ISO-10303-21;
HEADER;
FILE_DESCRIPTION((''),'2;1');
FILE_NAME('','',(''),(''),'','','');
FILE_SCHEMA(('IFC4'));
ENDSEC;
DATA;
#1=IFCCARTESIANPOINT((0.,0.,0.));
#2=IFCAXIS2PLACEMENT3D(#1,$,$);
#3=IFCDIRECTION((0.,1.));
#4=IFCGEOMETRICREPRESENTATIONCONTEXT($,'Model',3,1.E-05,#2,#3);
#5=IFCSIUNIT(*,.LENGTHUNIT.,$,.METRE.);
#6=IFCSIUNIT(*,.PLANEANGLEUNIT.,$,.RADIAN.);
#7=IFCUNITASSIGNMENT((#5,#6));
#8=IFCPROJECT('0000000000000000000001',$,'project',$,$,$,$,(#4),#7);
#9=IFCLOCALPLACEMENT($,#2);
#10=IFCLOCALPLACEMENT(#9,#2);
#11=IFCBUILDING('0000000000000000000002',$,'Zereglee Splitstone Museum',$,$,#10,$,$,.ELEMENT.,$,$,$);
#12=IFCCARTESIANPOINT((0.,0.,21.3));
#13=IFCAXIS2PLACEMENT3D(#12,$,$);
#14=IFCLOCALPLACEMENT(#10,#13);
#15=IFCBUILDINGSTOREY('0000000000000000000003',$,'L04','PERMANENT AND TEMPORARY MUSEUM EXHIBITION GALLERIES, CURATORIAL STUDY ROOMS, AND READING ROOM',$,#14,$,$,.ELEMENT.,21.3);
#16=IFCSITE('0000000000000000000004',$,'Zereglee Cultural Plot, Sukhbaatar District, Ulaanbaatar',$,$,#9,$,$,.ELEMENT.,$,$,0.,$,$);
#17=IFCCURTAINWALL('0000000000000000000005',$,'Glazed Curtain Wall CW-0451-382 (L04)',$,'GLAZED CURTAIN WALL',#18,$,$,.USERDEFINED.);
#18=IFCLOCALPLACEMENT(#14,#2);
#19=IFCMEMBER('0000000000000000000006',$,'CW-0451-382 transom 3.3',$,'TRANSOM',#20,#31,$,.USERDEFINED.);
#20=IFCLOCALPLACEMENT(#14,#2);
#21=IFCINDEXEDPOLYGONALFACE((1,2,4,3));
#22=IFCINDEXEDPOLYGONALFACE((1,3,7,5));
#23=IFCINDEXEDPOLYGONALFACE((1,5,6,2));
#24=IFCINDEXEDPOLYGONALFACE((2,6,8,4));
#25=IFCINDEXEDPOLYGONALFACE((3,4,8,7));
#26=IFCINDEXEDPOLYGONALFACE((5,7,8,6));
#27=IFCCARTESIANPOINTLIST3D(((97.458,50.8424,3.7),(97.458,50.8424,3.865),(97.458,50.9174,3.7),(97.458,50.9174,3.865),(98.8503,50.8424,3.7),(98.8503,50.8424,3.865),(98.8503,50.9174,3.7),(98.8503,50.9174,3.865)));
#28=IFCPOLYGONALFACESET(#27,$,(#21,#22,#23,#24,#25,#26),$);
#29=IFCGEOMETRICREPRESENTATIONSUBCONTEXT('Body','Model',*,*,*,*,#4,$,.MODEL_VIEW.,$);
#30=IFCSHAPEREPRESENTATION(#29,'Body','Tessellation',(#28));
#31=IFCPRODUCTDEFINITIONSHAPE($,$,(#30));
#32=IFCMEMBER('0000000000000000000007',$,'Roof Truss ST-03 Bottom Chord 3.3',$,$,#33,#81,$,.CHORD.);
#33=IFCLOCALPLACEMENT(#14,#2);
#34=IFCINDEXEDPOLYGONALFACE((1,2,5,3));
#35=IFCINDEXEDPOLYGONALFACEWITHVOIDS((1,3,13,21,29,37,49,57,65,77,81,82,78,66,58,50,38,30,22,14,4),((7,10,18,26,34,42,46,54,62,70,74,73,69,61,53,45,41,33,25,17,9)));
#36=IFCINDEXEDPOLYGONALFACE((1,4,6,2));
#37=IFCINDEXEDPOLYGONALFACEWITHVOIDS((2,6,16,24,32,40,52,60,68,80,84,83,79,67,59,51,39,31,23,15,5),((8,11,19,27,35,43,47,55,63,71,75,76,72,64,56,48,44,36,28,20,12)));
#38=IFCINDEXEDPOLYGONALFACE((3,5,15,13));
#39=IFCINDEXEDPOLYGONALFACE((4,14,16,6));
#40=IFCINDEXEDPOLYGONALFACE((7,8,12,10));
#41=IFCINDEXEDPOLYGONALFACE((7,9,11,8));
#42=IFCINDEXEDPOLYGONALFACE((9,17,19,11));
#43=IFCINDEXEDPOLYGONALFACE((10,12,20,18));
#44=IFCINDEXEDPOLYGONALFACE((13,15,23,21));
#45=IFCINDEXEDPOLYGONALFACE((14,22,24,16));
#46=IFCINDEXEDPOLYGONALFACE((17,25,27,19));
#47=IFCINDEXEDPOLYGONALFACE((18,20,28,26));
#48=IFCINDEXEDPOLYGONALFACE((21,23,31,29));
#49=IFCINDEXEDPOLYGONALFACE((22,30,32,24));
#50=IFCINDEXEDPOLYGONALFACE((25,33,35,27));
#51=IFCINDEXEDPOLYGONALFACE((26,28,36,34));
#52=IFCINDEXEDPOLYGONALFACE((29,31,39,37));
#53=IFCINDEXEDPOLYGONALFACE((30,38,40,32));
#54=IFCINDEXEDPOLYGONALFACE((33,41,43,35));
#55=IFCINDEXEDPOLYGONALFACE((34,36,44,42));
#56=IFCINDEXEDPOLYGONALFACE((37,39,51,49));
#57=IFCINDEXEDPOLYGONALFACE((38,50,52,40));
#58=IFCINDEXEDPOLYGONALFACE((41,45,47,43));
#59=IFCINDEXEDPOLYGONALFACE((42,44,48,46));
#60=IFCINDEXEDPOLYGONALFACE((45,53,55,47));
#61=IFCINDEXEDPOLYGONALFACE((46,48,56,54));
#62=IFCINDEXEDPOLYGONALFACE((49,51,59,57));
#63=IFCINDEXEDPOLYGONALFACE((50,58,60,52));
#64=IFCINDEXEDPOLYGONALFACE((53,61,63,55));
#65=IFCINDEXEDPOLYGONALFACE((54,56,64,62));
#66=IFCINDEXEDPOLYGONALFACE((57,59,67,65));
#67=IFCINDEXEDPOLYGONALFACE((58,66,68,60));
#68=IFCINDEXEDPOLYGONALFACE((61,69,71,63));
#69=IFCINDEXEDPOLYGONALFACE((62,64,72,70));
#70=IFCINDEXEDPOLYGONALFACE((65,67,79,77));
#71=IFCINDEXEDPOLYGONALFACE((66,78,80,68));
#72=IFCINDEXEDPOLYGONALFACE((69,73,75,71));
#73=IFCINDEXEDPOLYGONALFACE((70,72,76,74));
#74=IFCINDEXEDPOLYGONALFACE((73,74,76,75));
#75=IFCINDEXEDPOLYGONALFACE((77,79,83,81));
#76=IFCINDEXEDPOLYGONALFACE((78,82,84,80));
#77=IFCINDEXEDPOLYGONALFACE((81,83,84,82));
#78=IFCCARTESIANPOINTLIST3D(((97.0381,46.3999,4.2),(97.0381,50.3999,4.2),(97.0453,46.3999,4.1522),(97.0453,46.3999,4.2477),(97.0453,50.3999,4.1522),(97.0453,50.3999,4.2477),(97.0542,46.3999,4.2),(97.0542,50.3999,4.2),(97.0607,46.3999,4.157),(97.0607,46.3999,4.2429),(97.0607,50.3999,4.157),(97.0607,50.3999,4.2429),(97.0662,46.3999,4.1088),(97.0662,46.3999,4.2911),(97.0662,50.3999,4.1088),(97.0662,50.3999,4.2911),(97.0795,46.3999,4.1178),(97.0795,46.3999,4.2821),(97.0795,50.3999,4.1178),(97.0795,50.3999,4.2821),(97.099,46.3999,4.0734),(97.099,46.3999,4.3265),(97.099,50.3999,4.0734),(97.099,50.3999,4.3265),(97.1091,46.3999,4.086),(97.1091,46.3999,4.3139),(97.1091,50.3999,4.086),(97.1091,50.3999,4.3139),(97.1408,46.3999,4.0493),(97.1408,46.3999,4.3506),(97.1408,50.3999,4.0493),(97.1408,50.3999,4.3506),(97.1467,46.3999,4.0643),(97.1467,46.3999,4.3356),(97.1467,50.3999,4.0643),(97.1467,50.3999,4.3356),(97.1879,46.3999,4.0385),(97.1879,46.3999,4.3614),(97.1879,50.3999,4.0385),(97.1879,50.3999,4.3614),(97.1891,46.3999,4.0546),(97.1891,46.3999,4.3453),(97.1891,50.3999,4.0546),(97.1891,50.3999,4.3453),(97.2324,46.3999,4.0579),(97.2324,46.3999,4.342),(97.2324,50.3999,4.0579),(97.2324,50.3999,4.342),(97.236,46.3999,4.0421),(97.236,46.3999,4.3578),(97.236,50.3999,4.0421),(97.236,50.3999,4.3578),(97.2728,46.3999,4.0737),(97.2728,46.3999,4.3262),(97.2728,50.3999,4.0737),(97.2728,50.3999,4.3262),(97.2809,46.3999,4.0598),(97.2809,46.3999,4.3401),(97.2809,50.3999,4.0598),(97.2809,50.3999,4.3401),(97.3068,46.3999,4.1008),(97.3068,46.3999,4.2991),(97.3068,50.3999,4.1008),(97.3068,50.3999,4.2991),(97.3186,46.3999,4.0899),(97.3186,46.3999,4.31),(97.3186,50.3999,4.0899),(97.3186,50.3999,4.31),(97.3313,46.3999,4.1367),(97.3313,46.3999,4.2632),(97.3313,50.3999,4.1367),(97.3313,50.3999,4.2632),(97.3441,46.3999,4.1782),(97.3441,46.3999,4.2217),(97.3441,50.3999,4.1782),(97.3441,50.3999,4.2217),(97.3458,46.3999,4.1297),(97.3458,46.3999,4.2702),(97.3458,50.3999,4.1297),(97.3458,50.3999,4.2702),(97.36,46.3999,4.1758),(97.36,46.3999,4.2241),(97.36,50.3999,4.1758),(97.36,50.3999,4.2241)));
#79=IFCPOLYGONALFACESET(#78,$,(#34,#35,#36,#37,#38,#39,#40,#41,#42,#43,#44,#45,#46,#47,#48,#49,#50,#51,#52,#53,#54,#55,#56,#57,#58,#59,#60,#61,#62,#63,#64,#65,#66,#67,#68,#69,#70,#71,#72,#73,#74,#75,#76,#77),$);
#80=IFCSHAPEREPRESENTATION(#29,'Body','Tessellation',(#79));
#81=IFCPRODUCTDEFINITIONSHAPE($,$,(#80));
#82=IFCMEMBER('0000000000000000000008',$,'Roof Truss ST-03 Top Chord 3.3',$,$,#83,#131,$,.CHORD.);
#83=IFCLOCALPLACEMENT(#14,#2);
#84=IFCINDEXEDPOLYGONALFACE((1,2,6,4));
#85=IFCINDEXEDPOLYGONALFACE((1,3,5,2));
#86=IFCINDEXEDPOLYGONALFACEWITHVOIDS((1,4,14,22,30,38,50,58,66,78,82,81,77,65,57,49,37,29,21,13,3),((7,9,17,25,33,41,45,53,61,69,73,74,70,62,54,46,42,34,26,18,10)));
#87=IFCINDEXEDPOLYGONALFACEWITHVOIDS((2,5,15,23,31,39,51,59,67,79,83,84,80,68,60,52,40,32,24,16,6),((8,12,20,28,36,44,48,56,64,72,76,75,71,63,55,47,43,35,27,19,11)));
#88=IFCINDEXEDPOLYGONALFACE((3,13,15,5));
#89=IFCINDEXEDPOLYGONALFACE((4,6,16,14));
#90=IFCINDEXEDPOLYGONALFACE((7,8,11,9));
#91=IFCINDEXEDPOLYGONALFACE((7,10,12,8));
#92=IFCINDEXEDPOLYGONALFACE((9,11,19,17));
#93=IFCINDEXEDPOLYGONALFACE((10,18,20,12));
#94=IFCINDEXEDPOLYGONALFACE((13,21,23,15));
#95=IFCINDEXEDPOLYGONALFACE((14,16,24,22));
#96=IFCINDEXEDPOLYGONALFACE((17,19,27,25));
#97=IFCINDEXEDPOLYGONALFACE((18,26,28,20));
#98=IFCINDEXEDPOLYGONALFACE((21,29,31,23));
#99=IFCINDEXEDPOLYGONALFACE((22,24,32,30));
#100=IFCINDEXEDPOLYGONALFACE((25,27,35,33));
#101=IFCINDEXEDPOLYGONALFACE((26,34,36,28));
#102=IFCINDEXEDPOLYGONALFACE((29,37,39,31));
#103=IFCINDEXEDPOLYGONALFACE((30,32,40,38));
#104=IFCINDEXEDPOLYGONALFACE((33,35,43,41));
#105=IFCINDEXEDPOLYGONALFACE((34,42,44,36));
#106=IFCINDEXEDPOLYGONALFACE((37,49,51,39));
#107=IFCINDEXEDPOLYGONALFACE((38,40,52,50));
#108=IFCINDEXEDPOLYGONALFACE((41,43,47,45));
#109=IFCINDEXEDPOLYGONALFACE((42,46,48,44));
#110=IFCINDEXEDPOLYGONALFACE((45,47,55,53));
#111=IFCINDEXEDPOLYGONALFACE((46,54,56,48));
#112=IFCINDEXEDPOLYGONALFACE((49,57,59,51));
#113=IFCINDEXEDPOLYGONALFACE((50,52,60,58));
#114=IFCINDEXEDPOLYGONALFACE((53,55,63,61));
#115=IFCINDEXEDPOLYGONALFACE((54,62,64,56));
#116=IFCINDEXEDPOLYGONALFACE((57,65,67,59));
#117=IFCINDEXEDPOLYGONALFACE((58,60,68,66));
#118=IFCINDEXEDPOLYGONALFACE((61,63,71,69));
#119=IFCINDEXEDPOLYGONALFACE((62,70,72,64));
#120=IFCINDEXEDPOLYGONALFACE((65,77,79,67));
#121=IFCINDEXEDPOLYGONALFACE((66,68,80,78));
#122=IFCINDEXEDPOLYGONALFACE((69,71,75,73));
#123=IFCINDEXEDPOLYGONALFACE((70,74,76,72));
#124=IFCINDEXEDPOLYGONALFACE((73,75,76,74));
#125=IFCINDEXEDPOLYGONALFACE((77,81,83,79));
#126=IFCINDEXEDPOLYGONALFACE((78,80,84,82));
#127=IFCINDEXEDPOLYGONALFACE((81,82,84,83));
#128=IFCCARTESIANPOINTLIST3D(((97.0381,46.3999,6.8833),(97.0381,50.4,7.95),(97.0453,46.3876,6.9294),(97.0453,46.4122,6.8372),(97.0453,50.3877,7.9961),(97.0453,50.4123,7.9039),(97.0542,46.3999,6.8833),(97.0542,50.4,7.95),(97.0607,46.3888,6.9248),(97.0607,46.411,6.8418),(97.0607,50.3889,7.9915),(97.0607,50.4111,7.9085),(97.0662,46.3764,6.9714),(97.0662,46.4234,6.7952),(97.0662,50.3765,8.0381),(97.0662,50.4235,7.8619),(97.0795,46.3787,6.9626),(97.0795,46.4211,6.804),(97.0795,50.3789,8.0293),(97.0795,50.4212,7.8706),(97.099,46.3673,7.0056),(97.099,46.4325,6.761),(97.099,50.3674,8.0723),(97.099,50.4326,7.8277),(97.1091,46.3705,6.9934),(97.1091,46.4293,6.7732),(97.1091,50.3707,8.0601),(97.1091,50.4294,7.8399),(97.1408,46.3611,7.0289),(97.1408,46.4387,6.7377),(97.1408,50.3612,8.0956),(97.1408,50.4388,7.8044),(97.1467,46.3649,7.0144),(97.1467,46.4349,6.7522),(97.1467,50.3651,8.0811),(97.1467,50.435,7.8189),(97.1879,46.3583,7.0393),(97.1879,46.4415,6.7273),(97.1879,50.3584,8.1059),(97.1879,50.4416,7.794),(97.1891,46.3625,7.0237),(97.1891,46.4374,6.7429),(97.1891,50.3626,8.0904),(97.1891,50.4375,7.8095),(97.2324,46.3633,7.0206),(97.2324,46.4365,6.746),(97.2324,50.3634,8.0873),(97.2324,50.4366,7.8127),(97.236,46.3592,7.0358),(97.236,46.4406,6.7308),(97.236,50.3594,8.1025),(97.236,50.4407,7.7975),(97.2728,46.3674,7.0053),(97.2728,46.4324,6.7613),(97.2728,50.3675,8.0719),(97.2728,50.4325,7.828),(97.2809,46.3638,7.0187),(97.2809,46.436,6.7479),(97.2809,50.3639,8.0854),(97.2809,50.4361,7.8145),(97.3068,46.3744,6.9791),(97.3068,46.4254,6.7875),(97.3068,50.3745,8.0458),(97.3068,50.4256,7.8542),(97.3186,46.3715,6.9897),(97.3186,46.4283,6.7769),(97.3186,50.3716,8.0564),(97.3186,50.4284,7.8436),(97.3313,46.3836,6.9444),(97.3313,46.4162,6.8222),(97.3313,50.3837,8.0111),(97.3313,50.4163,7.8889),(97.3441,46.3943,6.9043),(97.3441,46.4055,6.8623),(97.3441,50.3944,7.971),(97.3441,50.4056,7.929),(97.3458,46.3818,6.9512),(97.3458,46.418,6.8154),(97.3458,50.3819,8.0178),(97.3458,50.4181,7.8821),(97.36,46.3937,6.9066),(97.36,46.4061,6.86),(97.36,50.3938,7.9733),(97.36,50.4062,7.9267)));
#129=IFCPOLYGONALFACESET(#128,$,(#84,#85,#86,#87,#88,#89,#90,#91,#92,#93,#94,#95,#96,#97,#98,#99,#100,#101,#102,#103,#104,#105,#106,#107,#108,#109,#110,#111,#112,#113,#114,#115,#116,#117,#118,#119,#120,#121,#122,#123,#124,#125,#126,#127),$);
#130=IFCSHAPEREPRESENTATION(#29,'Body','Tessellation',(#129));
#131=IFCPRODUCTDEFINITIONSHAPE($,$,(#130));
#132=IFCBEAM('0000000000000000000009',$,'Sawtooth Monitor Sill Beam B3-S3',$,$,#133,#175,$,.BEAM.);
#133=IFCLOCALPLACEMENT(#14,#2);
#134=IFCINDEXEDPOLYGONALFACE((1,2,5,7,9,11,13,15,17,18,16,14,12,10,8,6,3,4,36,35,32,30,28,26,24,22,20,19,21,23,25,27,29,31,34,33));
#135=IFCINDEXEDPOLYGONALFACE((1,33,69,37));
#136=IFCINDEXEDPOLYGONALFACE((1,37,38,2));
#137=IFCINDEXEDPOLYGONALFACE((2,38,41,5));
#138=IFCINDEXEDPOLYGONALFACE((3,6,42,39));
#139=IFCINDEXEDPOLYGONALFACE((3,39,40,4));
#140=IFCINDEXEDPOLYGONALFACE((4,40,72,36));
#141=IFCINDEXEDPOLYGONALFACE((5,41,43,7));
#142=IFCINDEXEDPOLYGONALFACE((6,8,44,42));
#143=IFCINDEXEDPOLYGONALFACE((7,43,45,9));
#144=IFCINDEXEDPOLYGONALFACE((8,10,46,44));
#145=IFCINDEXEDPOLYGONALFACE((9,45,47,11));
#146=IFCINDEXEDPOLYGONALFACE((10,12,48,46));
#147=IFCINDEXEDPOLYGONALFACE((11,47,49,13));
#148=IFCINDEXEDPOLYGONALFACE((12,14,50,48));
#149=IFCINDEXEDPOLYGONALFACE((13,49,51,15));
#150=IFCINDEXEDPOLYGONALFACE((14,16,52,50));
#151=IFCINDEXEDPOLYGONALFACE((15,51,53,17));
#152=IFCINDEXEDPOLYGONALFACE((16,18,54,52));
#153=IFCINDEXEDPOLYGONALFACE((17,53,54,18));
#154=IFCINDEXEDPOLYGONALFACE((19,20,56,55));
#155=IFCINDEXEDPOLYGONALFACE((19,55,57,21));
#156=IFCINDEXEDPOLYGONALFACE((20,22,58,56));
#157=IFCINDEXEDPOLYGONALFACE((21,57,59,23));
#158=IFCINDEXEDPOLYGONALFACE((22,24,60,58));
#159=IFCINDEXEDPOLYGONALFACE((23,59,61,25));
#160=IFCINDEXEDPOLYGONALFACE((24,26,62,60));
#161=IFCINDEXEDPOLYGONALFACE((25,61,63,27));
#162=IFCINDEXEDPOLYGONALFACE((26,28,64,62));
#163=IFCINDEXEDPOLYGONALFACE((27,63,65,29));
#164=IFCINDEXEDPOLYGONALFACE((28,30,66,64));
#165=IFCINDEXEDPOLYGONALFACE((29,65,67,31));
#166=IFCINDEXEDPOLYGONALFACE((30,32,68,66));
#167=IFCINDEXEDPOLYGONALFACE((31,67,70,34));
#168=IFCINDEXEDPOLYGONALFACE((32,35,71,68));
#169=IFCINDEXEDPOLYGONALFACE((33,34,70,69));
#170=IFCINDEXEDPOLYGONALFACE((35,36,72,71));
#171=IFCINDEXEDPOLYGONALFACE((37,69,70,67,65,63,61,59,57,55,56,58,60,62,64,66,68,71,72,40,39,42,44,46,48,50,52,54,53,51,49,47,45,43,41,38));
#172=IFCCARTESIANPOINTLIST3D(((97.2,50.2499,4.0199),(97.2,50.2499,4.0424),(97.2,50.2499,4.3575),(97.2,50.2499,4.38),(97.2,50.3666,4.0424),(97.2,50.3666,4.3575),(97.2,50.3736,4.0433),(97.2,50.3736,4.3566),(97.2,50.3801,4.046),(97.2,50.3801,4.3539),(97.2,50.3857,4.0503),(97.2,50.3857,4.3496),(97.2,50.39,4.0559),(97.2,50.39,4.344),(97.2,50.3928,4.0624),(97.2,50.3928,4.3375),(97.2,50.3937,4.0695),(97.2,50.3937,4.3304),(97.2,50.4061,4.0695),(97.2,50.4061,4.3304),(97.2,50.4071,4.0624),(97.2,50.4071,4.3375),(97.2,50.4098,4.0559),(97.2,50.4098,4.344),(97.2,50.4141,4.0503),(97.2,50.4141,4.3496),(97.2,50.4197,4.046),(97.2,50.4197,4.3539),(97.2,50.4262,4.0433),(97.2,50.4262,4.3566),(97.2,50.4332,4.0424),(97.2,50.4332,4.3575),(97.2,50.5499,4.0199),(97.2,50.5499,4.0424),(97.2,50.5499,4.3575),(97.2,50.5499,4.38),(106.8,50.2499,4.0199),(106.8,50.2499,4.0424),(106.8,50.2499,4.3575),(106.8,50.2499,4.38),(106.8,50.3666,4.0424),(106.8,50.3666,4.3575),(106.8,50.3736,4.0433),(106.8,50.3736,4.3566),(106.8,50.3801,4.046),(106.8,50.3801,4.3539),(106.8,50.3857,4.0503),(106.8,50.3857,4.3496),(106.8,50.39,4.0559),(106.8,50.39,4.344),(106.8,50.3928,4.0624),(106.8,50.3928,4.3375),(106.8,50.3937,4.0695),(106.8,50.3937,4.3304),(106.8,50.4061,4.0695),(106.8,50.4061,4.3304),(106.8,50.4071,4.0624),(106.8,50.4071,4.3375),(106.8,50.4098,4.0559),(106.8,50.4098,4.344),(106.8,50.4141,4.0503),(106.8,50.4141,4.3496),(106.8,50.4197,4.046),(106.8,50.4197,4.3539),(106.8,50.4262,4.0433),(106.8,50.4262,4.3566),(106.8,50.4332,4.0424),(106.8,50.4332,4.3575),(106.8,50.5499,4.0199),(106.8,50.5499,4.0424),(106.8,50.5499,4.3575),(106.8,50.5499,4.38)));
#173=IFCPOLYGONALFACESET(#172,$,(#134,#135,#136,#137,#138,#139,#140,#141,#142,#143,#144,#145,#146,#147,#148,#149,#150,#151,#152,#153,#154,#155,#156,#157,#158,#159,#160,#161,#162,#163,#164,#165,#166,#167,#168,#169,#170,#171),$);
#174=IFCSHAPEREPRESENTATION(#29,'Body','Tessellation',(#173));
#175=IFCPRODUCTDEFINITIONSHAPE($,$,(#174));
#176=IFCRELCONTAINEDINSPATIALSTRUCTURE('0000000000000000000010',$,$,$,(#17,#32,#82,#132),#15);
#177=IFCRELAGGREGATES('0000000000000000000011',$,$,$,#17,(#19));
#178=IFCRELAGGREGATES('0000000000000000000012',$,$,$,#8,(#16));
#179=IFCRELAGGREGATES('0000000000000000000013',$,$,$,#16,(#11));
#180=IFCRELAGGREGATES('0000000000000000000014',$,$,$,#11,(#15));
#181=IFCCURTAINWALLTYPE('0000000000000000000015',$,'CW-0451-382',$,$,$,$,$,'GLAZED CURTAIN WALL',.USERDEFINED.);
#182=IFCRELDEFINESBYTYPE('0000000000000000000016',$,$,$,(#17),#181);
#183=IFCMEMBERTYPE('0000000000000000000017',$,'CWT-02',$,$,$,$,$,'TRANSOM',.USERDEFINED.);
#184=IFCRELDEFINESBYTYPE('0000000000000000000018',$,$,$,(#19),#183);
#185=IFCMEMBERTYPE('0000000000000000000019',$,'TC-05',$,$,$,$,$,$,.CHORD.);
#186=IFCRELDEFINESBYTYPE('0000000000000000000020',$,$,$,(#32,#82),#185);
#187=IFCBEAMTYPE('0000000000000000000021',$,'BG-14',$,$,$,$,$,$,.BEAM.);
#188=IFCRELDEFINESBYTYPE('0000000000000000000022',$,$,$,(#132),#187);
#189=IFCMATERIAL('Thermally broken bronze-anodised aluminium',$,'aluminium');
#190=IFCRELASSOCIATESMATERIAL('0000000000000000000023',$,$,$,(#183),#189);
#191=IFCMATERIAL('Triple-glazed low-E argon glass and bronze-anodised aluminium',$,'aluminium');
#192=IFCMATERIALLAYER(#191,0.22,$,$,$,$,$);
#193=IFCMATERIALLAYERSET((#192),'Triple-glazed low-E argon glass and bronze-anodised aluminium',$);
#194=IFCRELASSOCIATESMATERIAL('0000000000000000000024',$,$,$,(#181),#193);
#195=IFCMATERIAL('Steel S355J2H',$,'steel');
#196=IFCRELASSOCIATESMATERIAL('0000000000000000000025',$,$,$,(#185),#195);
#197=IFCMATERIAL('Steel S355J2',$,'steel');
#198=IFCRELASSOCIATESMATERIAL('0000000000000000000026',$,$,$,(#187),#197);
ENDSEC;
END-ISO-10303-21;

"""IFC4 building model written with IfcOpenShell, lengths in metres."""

from ifc_helpers import new_model, si_unit, direction, frame, origin, origin_2d, place, context, subcontext, project, spatial, rectangle, hollow_circle, i_section, extrude, material, layer, layer_set, material_profile, profile_set, type_object, element, aggregate, save


model = new_model("IFC4")

# Units and contexts
model_context = context("Model", 3, precision=1e-05, world=origin(), true_north=direction((0.0, 1.0)))
body_context = subcontext(model_context, "Body", "Model", "MODEL_VIEW")
ifc_project = project(units=[si_unit("LENGTHUNIT", "METRE"), si_unit("PLANEANGLEUNIT", "RADIAN")], contexts=[model_context])

# Site, building, storey
site_placement = place(None, origin())
site = spatial("IfcSite", under=ifc_project, at=site_placement, Name="Zereglee Cultural Plot, Sukhbaatar District, Ulaanbaatar", CompositionType="ELEMENT", RefElevation=0.0)
building_placement = place(site_placement, origin())
building = spatial("IfcBuilding", under=site, at=building_placement, Name="Zereglee Splitstone Museum", CompositionType="ELEMENT")
storey_placement = place(building_placement, frame((0.0, 0.0, 21.3)))
storey = spatial("IfcBuildingStorey", under=building, at=storey_placement, Name="L04", Description="PERMANENT AND TEMPORARY MUSEUM EXHIBITION GALLERIES, CURATORIAL STUDY ROOMS, AND READING ROOM", CompositionType="ELEMENT", Elevation=21.3)

# Shared definitions
ifc_material_1 = material(Name="Steel S355J2H", Category="steel")

# Curtain wall, member
ifc_material_2 = material(Name="Triple-glazed low-E argon glass and bronze-anodised aluminium", Category="aluminium")
ifc_material_3 = material(Name="Thermally broken bronze-anodised aluminium", Category="aluminium")
ifc_material_profile_1 = material_profile(ifc_material_3, rectangle(XDim=0.075, YDim=0.165, at=origin_2d()), Name="CW TRAN 75x165")
ifc_profile_set_1 = profile_set([ifc_material_profile_1], Name="Thermally broken bronze-anodised aluminium")
member_type_1 = type_object("IfcMemberType", Name="CWT-02", ElementType="TRANSOM", PredefinedType="USERDEFINED", material=ifc_profile_set_1)
ifc_layer_1 = layer(ifc_material_2, 0.22)
ifc_layer_set_1 = layer_set([ifc_layer_1], Name="Triple-glazed low-E argon glass and bronze-anodised aluminium")
curtain_wall_type_1 = type_object("IfcCurtainWallType", Name="CW-0451-382", ElementType="GLAZED CURTAIN WALL", PredefinedType="USERDEFINED", material=ifc_layer_set_1)
curtain_wall_1_placement = place(storey_placement, origin())
curtain_wall_1 = element("IfcCurtainWall", 1, at=curtain_wall_1_placement, inside=storey, type_object=curtain_wall_type_1, Name="Glazed Curtain Wall CW-0451-382 (L04)", ObjectType="GLAZED CURTAIN WALL", PredefinedType="USERDEFINED")
member_1_placement = place(storey_placement, frame((98.8503, 50.8799, 3.7825), z_axis=(-1.0, 0.0, 0.0), x_axis=(0.0, -1.0, 0.0)))
member_1 = element("IfcMember", 2, at=member_1_placement, type_object=member_type_1, Name="CW-0451-382 transom 3.3", ObjectType="TRANSOM", PredefinedType="USERDEFINED", context=body_context, shape_type="SweptSolid", body=[
    extrude(rectangle(XDim=0.075, YDim=0.165, at=origin_2d()), origin(), (0.0, 0.0, 1.0), 1.3923),
])

# Members
ifc_material_profile_2 = material_profile(ifc_material_1, hollow_circle(Radius=0.1619, WallThickness=0.0161, at=origin_2d()), Name="CHS 323.9x16")
ifc_profile_set_2 = profile_set([ifc_material_profile_2], Name="Steel S355J2H")
member_type_2 = type_object("IfcMemberType", Name="TC-05", PredefinedType="CHORD", material=ifc_profile_set_2)
member_2_placement = place(storey_placement, frame((97.2, 46.3999, 4.2), z_axis=(0.0, 1.0, 0.0), x_axis=(-1.0, 0.0, 0.0)))
element("IfcMember", 3, at=member_2_placement, inside=storey, type_object=member_type_2, Name="Roof Truss ST-03 Bottom Chord 3.3", PredefinedType="CHORD", context=body_context, shape_type="SweptSolid", body=[
    extrude(hollow_circle(Radius=0.1619, WallThickness=0.0161, at=origin_2d()), origin(), (0.0, 0.0, 1.0), 4.0),
])
member_3_placement = place(storey_placement, frame((97.2, 46.3999, 6.8833), z_axis=(0.0, 0.966236, 0.257659), x_axis=(-1.0, 0.0, 0.0)))
element("IfcMember", 4, at=member_3_placement, inside=storey, type_object=member_type_2, Name="Roof Truss ST-03 Top Chord 3.3", PredefinedType="CHORD", context=body_context, shape_type="SweptSolid", body=[
    extrude(hollow_circle(Radius=0.1619, WallThickness=0.0161, at=origin_2d()), origin(), (0.0, 0.0, 1.0), 4.1399),
])

# Beam
ifc_material_4 = material(Name="Steel S355J2", Category="steel")
ifc_material_profile_3 = material_profile(ifc_material_4, i_section(OverallWidth=0.3, OverallDepth=0.3601, WebThickness=0.0125, FlangeThickness=0.0225, FilletRadius=0.0271, at=origin_2d()), Name="HE 360 B")
ifc_profile_set_3 = profile_set([ifc_material_profile_3], Name="Steel S355J2")
beam_type = type_object("IfcBeamType", Name="BG-14", PredefinedType="BEAM", material=ifc_profile_set_3)
beam_placement = place(storey_placement, frame((97.2, 50.3999, 4.2), z_axis=(1.0, 0.0, 0.0), x_axis=(0.0, 1.0, 0.0)))
element("IfcBeam", 5, at=beam_placement, inside=storey, type_object=beam_type, Name="Sawtooth Monitor Sill Beam B3-S3", PredefinedType="BEAM", context=body_context, shape_type="SweptSolid", body=[
    extrude(i_section(OverallWidth=0.3, OverallDepth=0.3601, WebThickness=0.0125, FlangeThickness=0.0225, FilletRadius=0.0271, at=origin_2d()), origin(), (0.0, 0.0, 1.0), 9.6001),
])

aggregate(curtain_wall_1, [member_1])

save(model, "model.ifc")
